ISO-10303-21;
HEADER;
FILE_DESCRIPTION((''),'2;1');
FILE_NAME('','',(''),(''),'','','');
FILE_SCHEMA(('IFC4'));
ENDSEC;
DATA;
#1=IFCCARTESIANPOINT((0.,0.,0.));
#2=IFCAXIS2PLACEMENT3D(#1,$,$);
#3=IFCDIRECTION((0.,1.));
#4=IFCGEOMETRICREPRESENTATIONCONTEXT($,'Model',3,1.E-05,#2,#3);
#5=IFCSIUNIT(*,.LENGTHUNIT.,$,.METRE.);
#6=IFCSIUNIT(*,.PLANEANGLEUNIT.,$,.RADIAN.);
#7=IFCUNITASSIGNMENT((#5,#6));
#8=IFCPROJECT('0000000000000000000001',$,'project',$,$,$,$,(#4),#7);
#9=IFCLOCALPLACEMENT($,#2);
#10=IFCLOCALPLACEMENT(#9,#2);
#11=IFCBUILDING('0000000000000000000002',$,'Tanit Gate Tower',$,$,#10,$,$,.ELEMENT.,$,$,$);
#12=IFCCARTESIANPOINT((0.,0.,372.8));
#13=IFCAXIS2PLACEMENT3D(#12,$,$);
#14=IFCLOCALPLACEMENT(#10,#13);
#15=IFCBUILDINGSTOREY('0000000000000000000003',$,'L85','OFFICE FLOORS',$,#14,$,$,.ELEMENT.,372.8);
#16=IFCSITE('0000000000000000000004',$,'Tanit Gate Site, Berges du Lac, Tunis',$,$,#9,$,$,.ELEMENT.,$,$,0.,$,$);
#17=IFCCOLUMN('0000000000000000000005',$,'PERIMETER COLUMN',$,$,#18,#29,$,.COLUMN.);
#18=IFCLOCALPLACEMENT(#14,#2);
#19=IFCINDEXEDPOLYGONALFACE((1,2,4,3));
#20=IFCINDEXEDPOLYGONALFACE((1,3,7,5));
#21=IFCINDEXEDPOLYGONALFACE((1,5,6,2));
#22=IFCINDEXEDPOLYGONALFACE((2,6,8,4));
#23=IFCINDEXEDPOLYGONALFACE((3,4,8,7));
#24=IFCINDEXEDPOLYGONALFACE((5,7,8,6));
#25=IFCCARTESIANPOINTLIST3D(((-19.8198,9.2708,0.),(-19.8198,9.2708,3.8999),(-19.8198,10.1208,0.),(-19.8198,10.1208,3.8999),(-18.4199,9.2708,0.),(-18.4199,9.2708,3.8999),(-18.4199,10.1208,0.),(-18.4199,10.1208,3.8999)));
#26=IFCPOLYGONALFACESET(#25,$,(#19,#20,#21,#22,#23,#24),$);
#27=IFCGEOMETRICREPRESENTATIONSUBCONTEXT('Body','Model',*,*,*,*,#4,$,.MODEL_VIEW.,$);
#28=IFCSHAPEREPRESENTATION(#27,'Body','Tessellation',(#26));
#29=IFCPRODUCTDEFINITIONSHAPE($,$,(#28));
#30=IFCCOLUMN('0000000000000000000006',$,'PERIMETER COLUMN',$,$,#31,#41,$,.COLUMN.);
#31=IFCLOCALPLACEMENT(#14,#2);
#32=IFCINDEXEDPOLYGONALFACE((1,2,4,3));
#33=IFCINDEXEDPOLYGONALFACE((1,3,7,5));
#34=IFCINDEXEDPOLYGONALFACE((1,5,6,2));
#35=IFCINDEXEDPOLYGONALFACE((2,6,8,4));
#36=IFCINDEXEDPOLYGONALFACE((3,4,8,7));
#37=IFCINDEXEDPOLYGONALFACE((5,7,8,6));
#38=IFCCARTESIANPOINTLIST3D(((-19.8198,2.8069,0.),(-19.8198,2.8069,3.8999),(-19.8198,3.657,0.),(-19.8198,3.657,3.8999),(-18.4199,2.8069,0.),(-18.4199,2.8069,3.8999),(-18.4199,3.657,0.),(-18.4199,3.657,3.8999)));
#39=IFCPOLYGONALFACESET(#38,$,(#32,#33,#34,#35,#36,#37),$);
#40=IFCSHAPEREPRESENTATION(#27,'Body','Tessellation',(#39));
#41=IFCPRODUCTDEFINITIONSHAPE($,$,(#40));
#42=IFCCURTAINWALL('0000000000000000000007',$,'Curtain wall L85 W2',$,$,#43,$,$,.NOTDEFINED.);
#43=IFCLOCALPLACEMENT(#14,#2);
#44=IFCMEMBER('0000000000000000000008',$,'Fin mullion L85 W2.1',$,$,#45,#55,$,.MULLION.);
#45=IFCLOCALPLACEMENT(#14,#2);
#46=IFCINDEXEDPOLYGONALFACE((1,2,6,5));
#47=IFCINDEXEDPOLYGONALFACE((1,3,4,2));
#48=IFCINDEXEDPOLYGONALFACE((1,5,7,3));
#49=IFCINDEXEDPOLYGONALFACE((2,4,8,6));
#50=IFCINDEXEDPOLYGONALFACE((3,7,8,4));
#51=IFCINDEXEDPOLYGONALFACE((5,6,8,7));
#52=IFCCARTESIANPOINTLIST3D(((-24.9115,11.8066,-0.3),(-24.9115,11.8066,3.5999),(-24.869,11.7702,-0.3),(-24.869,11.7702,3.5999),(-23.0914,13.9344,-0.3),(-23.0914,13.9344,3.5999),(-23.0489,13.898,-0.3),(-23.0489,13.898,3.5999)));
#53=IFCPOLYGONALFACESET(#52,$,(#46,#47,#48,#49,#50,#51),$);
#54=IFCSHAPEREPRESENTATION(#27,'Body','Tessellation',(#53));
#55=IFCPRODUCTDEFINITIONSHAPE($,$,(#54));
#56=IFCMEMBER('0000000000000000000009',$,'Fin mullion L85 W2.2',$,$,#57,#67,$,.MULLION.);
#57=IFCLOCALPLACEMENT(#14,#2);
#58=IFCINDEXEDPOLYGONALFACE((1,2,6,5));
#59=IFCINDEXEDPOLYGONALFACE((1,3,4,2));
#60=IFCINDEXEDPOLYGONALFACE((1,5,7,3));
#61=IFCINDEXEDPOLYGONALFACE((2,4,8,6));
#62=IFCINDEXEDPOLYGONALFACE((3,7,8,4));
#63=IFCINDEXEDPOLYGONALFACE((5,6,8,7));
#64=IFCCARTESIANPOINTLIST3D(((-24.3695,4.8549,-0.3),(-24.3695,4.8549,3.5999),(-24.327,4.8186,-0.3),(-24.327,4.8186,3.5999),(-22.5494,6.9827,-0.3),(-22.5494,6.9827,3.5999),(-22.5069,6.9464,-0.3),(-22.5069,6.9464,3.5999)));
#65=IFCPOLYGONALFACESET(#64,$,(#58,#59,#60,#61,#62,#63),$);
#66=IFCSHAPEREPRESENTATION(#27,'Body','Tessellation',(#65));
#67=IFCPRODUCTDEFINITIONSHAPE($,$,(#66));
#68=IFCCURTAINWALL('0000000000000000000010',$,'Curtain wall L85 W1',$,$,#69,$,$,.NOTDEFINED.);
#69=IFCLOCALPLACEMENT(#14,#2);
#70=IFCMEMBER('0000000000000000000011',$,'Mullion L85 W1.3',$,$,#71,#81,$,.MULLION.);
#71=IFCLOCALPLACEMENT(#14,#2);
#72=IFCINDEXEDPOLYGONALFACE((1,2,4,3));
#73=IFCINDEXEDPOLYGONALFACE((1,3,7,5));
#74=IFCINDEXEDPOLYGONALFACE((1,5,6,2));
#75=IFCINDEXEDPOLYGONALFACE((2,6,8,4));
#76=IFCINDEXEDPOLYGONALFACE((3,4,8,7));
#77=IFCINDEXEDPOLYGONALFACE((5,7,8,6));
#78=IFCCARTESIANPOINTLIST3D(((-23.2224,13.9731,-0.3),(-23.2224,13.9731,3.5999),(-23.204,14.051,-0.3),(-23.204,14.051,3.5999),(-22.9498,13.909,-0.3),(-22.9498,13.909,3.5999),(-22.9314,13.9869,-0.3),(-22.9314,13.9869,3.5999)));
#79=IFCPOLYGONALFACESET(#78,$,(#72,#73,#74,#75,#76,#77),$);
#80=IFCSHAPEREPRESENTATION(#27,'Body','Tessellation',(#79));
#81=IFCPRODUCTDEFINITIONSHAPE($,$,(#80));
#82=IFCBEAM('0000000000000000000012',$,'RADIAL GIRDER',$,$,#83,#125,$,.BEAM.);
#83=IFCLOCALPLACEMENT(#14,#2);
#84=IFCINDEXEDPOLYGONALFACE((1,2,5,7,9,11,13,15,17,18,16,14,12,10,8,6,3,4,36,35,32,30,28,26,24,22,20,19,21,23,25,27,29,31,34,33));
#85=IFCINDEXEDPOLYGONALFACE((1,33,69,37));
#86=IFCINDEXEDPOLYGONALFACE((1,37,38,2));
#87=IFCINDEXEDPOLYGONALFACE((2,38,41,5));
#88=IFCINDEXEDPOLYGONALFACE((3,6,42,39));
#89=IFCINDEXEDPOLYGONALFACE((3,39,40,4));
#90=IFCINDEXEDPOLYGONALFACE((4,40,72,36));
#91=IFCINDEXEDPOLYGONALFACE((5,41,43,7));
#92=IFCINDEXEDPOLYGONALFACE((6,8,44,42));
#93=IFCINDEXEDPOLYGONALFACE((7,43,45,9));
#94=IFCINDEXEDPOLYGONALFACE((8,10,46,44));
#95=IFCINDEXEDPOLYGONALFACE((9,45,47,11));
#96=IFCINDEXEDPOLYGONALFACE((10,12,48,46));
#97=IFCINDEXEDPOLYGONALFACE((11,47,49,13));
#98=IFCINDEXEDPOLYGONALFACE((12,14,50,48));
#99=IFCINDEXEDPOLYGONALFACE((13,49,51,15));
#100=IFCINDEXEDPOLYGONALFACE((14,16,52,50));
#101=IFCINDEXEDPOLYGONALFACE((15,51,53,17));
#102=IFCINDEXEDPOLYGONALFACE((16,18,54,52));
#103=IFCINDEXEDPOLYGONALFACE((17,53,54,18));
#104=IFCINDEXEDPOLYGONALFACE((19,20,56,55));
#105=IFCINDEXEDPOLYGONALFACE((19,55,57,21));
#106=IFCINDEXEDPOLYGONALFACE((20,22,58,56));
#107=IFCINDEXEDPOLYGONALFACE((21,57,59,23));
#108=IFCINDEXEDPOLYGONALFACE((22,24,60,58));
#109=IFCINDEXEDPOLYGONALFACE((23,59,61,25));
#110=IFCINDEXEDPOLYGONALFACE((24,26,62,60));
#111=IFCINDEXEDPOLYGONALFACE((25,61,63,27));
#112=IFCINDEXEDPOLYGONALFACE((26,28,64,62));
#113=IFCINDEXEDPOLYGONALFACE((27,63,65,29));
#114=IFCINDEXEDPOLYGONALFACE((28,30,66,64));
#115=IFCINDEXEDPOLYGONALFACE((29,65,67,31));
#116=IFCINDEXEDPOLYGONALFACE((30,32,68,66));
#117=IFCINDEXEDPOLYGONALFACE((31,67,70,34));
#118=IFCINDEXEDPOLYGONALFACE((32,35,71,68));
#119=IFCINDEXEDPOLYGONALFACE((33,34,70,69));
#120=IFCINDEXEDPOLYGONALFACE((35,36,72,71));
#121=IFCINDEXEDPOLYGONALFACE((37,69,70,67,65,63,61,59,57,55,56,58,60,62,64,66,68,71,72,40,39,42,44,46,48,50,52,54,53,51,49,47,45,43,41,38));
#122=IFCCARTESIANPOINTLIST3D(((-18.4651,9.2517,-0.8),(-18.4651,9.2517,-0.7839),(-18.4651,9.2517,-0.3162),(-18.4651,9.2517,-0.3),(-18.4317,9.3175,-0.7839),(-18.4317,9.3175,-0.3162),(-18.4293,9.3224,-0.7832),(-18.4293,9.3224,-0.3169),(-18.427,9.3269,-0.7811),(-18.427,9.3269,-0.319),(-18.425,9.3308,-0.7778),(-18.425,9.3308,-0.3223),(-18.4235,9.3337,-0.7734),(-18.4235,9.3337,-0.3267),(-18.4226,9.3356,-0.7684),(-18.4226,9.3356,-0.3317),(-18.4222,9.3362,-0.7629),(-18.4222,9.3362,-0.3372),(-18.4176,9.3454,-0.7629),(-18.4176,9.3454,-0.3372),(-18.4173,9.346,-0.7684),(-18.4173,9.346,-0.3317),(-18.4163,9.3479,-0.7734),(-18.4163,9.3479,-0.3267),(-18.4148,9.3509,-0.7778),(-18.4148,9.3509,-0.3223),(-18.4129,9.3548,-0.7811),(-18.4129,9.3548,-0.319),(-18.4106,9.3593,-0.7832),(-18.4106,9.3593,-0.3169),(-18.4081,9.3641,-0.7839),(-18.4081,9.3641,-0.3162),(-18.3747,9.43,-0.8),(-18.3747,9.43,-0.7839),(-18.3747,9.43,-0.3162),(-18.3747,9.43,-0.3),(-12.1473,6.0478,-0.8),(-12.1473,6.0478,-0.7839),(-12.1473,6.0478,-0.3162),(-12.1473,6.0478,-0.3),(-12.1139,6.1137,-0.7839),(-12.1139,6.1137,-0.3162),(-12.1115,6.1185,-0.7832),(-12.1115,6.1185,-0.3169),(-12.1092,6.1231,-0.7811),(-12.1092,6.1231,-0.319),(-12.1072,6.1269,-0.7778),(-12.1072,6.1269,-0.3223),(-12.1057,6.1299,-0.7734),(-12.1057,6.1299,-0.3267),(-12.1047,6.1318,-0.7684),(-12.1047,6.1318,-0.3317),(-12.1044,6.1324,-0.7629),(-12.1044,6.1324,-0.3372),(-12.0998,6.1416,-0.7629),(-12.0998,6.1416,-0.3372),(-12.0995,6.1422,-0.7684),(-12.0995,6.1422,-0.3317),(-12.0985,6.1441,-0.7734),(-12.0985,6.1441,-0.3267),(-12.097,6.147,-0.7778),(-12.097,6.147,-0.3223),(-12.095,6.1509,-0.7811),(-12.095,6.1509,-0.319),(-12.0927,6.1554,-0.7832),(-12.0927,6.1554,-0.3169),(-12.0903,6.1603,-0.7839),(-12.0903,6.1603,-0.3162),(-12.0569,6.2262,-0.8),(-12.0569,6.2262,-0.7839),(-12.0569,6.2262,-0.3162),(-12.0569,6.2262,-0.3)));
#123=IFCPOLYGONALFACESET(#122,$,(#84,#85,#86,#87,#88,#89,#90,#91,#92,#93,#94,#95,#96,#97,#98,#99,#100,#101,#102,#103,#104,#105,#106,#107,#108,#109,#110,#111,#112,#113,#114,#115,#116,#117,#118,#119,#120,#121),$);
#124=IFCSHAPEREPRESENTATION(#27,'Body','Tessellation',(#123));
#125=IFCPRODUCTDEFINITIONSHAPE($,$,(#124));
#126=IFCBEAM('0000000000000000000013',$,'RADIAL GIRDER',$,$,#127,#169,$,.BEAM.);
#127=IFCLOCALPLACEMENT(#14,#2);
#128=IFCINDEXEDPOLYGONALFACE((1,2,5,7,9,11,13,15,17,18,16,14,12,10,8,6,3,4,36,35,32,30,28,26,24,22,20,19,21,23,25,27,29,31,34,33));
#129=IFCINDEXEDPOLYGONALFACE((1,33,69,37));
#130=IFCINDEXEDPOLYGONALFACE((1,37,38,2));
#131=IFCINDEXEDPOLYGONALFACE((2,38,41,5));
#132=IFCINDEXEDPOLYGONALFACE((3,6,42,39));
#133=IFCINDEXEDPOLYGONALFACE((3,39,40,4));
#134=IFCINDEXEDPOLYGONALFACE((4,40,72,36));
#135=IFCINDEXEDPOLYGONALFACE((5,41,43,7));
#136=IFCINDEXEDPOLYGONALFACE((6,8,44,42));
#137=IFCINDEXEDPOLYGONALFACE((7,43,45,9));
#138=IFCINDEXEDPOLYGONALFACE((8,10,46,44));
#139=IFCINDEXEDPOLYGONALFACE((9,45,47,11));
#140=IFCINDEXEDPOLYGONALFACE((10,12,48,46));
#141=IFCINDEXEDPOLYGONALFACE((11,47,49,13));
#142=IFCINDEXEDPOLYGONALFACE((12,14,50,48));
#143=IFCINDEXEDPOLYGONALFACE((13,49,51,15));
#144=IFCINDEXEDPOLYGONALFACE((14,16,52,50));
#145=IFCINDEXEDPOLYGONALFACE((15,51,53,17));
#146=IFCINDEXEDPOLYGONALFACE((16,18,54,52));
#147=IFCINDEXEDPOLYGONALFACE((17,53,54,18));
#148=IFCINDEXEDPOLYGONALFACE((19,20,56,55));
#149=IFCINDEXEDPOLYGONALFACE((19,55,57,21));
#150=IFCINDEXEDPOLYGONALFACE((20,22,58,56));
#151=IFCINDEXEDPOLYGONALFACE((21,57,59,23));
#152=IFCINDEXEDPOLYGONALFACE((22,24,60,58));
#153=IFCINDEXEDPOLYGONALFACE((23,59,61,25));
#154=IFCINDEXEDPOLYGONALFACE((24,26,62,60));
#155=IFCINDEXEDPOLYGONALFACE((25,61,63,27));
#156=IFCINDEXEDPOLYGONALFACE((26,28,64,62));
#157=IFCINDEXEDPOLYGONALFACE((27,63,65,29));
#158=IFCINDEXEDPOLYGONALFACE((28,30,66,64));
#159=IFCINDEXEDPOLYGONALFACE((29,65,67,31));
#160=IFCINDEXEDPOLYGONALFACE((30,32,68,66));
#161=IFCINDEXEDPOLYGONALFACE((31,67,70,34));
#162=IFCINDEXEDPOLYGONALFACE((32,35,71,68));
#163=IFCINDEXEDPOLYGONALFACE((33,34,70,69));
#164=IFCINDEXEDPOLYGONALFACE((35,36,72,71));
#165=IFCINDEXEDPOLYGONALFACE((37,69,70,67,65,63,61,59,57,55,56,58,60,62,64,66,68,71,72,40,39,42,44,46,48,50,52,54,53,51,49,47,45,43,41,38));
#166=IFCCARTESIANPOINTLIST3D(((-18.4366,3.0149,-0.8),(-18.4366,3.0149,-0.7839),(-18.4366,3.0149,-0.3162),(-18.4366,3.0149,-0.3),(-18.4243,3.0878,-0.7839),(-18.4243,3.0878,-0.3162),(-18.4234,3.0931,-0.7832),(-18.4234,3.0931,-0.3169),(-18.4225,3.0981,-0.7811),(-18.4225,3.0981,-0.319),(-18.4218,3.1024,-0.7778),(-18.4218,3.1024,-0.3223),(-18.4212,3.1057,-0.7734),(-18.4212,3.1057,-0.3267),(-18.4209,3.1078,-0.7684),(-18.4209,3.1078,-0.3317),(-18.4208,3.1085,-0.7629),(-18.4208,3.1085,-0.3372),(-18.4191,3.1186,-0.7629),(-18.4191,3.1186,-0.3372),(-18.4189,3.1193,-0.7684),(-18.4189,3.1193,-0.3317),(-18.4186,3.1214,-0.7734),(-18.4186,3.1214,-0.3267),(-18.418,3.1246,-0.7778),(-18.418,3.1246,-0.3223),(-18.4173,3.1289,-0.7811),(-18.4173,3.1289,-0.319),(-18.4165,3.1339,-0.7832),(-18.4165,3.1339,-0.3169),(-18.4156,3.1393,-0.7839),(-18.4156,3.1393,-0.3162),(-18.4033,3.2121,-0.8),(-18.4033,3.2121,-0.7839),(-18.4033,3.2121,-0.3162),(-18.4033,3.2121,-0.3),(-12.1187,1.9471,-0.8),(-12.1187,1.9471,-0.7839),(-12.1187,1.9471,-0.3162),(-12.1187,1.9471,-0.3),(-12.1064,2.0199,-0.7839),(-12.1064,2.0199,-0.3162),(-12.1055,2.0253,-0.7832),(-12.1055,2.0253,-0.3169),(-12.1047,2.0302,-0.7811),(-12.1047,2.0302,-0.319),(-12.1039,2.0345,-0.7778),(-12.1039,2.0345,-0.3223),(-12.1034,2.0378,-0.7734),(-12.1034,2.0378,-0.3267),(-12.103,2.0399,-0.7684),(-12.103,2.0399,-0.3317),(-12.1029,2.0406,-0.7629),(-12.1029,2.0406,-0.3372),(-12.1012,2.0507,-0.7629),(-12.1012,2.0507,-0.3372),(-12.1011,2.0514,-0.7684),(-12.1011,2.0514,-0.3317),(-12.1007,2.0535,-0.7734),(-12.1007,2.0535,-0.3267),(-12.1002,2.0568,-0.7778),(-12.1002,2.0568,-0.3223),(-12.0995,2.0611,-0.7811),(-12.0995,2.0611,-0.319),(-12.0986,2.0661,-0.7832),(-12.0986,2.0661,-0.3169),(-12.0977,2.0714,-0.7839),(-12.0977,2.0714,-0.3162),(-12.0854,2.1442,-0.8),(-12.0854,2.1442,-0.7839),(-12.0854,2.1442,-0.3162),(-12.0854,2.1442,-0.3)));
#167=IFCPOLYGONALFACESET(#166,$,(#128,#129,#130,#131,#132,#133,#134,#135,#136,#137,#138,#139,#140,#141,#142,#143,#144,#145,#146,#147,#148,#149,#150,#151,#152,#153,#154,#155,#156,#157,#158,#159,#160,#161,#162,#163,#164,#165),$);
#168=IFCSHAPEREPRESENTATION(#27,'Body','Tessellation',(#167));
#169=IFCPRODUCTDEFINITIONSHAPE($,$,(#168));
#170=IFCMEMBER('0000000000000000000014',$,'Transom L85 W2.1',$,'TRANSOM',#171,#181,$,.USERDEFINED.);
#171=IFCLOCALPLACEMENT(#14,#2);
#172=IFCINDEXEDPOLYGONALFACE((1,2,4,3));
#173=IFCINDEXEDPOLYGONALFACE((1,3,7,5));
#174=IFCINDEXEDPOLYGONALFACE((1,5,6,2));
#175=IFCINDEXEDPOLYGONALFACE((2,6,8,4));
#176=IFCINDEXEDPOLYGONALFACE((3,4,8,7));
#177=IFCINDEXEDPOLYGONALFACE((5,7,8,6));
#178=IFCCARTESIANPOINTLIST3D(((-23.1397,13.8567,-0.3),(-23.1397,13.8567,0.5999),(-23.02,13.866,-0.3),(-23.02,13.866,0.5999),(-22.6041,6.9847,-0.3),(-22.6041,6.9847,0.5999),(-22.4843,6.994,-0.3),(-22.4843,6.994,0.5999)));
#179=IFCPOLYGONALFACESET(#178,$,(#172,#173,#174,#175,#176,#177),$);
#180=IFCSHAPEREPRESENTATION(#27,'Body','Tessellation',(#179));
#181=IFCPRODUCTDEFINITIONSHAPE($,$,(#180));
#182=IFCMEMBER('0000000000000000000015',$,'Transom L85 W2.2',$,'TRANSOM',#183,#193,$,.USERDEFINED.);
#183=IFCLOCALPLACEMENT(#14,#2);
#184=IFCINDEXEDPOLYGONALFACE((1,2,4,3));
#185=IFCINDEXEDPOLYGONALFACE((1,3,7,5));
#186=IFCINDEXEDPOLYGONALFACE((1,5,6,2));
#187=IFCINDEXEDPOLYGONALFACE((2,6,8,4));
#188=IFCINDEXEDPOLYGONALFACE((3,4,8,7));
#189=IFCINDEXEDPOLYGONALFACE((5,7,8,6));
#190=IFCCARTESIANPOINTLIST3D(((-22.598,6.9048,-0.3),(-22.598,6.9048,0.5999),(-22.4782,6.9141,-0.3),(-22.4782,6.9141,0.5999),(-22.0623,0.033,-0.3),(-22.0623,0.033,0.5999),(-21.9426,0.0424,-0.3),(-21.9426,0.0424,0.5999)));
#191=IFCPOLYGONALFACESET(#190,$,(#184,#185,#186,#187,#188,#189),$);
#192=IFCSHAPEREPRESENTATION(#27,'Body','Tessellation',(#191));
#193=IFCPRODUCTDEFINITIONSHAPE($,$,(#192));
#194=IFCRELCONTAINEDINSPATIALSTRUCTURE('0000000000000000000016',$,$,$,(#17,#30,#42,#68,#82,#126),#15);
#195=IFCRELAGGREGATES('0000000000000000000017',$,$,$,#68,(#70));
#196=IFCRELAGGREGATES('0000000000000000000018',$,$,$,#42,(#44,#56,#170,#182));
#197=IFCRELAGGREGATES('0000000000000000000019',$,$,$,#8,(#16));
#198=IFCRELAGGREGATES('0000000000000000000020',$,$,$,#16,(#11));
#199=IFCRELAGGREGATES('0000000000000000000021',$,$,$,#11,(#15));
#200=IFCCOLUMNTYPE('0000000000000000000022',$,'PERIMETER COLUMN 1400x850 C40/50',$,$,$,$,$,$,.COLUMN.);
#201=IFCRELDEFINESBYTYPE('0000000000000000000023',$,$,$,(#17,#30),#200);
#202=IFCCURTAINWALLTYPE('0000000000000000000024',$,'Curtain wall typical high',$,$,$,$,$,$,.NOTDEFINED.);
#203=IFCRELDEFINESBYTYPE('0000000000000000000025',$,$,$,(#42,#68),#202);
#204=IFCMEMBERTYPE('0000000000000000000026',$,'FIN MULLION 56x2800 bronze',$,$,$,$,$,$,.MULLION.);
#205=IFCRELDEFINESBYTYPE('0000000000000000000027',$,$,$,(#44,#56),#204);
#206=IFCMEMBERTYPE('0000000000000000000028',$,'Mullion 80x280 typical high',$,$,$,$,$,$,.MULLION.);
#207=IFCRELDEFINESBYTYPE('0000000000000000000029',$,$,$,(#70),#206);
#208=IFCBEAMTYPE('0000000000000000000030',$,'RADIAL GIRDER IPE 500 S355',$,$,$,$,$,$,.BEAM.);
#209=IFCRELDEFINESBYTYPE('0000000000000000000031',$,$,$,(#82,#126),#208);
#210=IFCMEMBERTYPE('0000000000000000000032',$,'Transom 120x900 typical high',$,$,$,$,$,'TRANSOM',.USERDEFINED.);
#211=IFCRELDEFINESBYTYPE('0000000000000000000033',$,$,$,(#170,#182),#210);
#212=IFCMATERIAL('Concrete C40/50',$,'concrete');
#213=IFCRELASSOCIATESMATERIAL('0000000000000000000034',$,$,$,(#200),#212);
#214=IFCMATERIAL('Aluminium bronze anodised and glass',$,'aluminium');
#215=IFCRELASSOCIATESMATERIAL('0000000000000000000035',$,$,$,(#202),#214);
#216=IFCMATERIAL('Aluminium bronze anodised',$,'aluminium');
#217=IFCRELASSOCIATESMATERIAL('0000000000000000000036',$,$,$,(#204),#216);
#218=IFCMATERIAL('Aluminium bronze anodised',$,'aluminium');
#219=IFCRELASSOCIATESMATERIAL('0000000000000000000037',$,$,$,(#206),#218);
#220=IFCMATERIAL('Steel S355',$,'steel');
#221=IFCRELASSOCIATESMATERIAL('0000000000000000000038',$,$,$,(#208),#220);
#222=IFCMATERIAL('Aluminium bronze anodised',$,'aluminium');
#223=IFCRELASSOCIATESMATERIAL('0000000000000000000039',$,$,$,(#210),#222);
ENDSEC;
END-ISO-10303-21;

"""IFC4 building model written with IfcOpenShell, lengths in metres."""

from ifc_helpers import new_model, si_unit, direction, frame, origin, origin_2d, place, context, subcontext, project, spatial, rectangle, i_section, extrude, material, material_profile, profile_set, type_object, element, aggregate, save


model = new_model("IFC4")

# Units and contexts
model_context = context("Model", 3, precision=1e-05, world=origin(), true_north=direction((0.0, 1.0)))
body_context = subcontext(model_context, "Body", "Model", "MODEL_VIEW")
ifc_project = project(units=[si_unit("LENGTHUNIT", "METRE"), si_unit("PLANEANGLEUNIT", "RADIAN")], contexts=[model_context])

# Site, building, storey
site_placement = place(None, origin())
site = spatial("IfcSite", under=ifc_project, at=site_placement, Name="Tanit Gate Site, Berges du Lac, Tunis", CompositionType="ELEMENT", RefElevation=0.0)
building_placement = place(site_placement, origin())
building = spatial("IfcBuilding", under=site, at=building_placement, Name="Tanit Gate Tower", CompositionType="ELEMENT")
storey_placement = place(building_placement, frame((0.0, 0.0, 372.8)))
storey = spatial("IfcBuildingStorey", under=building, at=storey_placement, Name="L85", Description="OFFICE FLOORS", CompositionType="ELEMENT", Elevation=372.8)

# Columns
ifc_material_1 = material(Name="Concrete C40/50", Category="concrete")
ifc_material_profile_1 = material_profile(ifc_material_1, rectangle(XDim=1.3999, YDim=0.8501, at=origin_2d()), Name="RC 1400x850")
ifc_profile_set_1 = profile_set([ifc_material_profile_1], Name="Concrete C40/50")
column_type = type_object("IfcColumnType", Name="PERIMETER COLUMN 1400x850 C40/50", PredefinedType="COLUMN", material=ifc_profile_set_1)
for number, where, z_axis, x_axis, name in (
    (1, (-19.1199, 9.6958, 0.0), (0.0, 0.0, 1.0), (-1.0, 0.0, 0.0), "PERIMETER COLUMN"),
    (2, (-19.1199, 3.2319, 0.0), (0.0, 0.0, 1.0), (-1.0, 0.0, 0.0), "PERIMETER COLUMN"),
):
    element("IfcColumn", number, at=place(storey_placement, frame(where, z_axis=z_axis, x_axis=x_axis)), inside=storey, type_object=column_type, Name=name, PredefinedType="COLUMN", context=body_context, shape_type="SweptSolid", body=[
        extrude(rectangle(XDim=1.3999, YDim=0.8501, at=origin_2d()), origin(), (0.0, 0.0, 1.0), 3.8999),
    ])

# Curtain wall, members
ifc_material_2 = material(Name="Aluminium bronze anodised and glass", Category="aluminium")
curtain_wall_type = type_object("IfcCurtainWallType", Name="Curtain wall typical high", PredefinedType="NOTDEFINED", material=ifc_material_2)
curtain_wall_1_placement = place(storey_placement, origin())
curtain_wall_1 = element("IfcCurtainWall", 3, at=curtain_wall_1_placement, inside=storey, type_object=curtain_wall_type, Name="Curtain wall L85 W2", PredefinedType="NOTDEFINED")
ifc_material_3 = material(Name="Aluminium bronze anodised", Category="aluminium")
ifc_material_profile_2 = material_profile(ifc_material_3, rectangle(XDim=2.8, YDim=0.0559, at=origin_2d()), Name="56x2800 bronze fin mullion")
ifc_profile_set_2 = profile_set([ifc_material_profile_2], Name="Aluminium bronze anodised")
member_type_1 = type_object("IfcMemberType", Name="FIN MULLION 56x2800 bronze", PredefinedType="MULLION", material=ifc_profile_set_2)
member_1_placement = place(storey_placement, frame((-23.9802, 12.8523, -0.3), z_axis=(0.0, 0.0, 1.0), x_axis=(0.650026, 0.759912, 0.0)))
member_1 = element("IfcMember", 4, at=member_1_placement, type_object=member_type_1, Name="Fin mullion L85 W2.1", PredefinedType="MULLION", context=body_context, shape_type="SweptSolid", body=[
    extrude(rectangle(XDim=2.8, YDim=0.0559, at=origin_2d()), origin(), (0.0, 0.0, 1.0), 3.8999),
])
member_2_placement = place(storey_placement, frame((-23.4382, 5.9006, -0.3), z_axis=(0.0, 0.0, 1.0), x_axis=(0.650026, 0.759912, 0.0)))
member_2 = element("IfcMember", 5, at=member_2_placement, type_object=member_type_1, Name="Fin mullion L85 W2.2", PredefinedType="MULLION", context=body_context, shape_type="SweptSolid", body=[
    extrude(rectangle(XDim=2.8, YDim=0.0559, at=origin_2d()), origin(), (0.0, 0.0, 1.0), 3.8999),
])

# Curtain wall, member
curtain_wall_2_placement = place(storey_placement, origin())
curtain_wall_2 = element("IfcCurtainWall", 6, at=curtain_wall_2_placement, inside=storey, type_object=curtain_wall_type, Name="Curtain wall L85 W1", PredefinedType="NOTDEFINED")
ifc_material_4 = material(Name="Aluminium bronze anodised", Category="aluminium")
ifc_material_profile_3 = material_profile(ifc_material_4, rectangle(XDim=0.28, YDim=0.0801, at=origin_2d()), Name="80x280 bronze mullion")
ifc_profile_set_3 = profile_set([ifc_material_profile_3], Name="Aluminium bronze anodised")
member_type_2 = type_object("IfcMemberType", Name="Mullion 80x280 typical high", PredefinedType="MULLION", material=ifc_profile_set_3)
member_3_placement = place(storey_placement, frame((-23.0769, 13.98, -0.3), z_axis=(0.0, 0.0, 1.0), x_axis=(0.973441, -0.228936, 0.0)))
member_3 = element("IfcMember", 7, at=member_3_placement, type_object=member_type_2, Name="Mullion L85 W1.3", PredefinedType="MULLION", context=body_context, shape_type="SweptSolid", body=[
    extrude(rectangle(XDim=0.28, YDim=0.0801, at=origin_2d()), origin(), (0.0, 0.0, 1.0), 3.8999),
])
aggregate(curtain_wall_2, [member_3])

# Beams
ifc_material_5 = material(Name="Steel S355", Category="steel")
ifc_material_profile_4 = material_profile(ifc_material_5, i_section(OverallWidth=0.2, OverallDepth=0.5, WebThickness=0.0103, FlangeThickness=0.0161, FilletRadius=0.021, at=origin_2d()), Name="IPE 500")
ifc_profile_set_4 = profile_set([ifc_material_profile_4], Name="Steel S355")
beam_type = type_object("IfcBeamType", Name="RADIAL GIRDER IPE 500 S355", PredefinedType="BEAM", material=ifc_profile_set_4)
beam_1_placement = place(storey_placement, frame((-18.4199, 9.3408, -0.55), z_axis=(0.891876, -0.45228, 0.0), x_axis=(0.45228, 0.891876, 0.0)))
element("IfcBeam", 8, at=beam_1_placement, inside=storey, type_object=beam_type, Name="RADIAL GIRDER", PredefinedType="BEAM", context=body_context, shape_type="SweptSolid", body=[
    extrude(i_section(OverallWidth=0.2, OverallDepth=0.5, WebThickness=0.0103, FlangeThickness=0.0161, FilletRadius=0.021, at=origin_2d()), origin(), (0.0, 0.0, 1.0), 7.0837),
])
beam_2_placement = place(storey_placement, frame((-18.4199, 3.1135, -0.55), z_axis=(0.986014, -0.16666, 0.0), x_axis=(0.16666, 0.986014, 0.0)))
element("IfcBeam", 9, at=beam_2_placement, inside=storey, type_object=beam_type, Name="RADIAL GIRDER", PredefinedType="BEAM", context=body_context, shape_type="SweptSolid", body=[
    extrude(i_section(OverallWidth=0.2, OverallDepth=0.5, WebThickness=0.0103, FlangeThickness=0.0161, FilletRadius=0.021, at=origin_2d()), origin(), (0.0, 0.0, 1.0), 6.4075),
])

# Members
ifc_material_6 = material(Name="Aluminium bronze anodised", Category="aluminium")
ifc_material_profile_5 = material_profile(ifc_material_6, rectangle(XDim=0.1201, YDim=0.8999, at=origin_2d()), Name="120x900 bronze transom")
ifc_profile_set_5 = profile_set([ifc_material_profile_5], Name="Aluminium bronze anodised")
member_type_3 = type_object("IfcMemberType", Name="Transom 120x900 typical high", ElementType="TRANSOM", PredefinedType="USERDEFINED", material=ifc_profile_set_5)
member_4_placement = place(storey_placement, frame((-23.0798, 13.8613, 0.1499), z_axis=(0.077709, -0.996976, 0.0), x_axis=(0.996976, 0.077709, 0.0)))
member_4 = element("IfcMember", 10, at=member_4_placement, type_object=member_type_3, Name="Transom L85 W2.1", ObjectType="TRANSOM", PredefinedType="USERDEFINED", context=body_context, shape_type="SweptSolid", body=[
    extrude(rectangle(XDim=0.1201, YDim=0.8999, at=origin_2d()), origin(), (0.0, 0.0, 1.0), 6.8928),
])
member_5_placement = place(storey_placement, frame((-22.5381, 6.9094, 0.1499), z_axis=(0.077712, -0.996976, 0.0), x_axis=(0.996976, 0.077712, 0.0)))
member_5 = element("IfcMember", 11, at=member_5_placement, type_object=member_type_3, Name="Transom L85 W2.2", ObjectType="TRANSOM", PredefinedType="USERDEFINED", context=body_context, shape_type="SweptSolid", body=[
    extrude(rectangle(XDim=0.1201, YDim=0.8999, at=origin_2d()), origin(), (0.0, 0.0, 1.0), 6.8926),
])

aggregate(curtain_wall_1, [member_1, member_2, member_4, member_5])

save(model, "model.ifc")
